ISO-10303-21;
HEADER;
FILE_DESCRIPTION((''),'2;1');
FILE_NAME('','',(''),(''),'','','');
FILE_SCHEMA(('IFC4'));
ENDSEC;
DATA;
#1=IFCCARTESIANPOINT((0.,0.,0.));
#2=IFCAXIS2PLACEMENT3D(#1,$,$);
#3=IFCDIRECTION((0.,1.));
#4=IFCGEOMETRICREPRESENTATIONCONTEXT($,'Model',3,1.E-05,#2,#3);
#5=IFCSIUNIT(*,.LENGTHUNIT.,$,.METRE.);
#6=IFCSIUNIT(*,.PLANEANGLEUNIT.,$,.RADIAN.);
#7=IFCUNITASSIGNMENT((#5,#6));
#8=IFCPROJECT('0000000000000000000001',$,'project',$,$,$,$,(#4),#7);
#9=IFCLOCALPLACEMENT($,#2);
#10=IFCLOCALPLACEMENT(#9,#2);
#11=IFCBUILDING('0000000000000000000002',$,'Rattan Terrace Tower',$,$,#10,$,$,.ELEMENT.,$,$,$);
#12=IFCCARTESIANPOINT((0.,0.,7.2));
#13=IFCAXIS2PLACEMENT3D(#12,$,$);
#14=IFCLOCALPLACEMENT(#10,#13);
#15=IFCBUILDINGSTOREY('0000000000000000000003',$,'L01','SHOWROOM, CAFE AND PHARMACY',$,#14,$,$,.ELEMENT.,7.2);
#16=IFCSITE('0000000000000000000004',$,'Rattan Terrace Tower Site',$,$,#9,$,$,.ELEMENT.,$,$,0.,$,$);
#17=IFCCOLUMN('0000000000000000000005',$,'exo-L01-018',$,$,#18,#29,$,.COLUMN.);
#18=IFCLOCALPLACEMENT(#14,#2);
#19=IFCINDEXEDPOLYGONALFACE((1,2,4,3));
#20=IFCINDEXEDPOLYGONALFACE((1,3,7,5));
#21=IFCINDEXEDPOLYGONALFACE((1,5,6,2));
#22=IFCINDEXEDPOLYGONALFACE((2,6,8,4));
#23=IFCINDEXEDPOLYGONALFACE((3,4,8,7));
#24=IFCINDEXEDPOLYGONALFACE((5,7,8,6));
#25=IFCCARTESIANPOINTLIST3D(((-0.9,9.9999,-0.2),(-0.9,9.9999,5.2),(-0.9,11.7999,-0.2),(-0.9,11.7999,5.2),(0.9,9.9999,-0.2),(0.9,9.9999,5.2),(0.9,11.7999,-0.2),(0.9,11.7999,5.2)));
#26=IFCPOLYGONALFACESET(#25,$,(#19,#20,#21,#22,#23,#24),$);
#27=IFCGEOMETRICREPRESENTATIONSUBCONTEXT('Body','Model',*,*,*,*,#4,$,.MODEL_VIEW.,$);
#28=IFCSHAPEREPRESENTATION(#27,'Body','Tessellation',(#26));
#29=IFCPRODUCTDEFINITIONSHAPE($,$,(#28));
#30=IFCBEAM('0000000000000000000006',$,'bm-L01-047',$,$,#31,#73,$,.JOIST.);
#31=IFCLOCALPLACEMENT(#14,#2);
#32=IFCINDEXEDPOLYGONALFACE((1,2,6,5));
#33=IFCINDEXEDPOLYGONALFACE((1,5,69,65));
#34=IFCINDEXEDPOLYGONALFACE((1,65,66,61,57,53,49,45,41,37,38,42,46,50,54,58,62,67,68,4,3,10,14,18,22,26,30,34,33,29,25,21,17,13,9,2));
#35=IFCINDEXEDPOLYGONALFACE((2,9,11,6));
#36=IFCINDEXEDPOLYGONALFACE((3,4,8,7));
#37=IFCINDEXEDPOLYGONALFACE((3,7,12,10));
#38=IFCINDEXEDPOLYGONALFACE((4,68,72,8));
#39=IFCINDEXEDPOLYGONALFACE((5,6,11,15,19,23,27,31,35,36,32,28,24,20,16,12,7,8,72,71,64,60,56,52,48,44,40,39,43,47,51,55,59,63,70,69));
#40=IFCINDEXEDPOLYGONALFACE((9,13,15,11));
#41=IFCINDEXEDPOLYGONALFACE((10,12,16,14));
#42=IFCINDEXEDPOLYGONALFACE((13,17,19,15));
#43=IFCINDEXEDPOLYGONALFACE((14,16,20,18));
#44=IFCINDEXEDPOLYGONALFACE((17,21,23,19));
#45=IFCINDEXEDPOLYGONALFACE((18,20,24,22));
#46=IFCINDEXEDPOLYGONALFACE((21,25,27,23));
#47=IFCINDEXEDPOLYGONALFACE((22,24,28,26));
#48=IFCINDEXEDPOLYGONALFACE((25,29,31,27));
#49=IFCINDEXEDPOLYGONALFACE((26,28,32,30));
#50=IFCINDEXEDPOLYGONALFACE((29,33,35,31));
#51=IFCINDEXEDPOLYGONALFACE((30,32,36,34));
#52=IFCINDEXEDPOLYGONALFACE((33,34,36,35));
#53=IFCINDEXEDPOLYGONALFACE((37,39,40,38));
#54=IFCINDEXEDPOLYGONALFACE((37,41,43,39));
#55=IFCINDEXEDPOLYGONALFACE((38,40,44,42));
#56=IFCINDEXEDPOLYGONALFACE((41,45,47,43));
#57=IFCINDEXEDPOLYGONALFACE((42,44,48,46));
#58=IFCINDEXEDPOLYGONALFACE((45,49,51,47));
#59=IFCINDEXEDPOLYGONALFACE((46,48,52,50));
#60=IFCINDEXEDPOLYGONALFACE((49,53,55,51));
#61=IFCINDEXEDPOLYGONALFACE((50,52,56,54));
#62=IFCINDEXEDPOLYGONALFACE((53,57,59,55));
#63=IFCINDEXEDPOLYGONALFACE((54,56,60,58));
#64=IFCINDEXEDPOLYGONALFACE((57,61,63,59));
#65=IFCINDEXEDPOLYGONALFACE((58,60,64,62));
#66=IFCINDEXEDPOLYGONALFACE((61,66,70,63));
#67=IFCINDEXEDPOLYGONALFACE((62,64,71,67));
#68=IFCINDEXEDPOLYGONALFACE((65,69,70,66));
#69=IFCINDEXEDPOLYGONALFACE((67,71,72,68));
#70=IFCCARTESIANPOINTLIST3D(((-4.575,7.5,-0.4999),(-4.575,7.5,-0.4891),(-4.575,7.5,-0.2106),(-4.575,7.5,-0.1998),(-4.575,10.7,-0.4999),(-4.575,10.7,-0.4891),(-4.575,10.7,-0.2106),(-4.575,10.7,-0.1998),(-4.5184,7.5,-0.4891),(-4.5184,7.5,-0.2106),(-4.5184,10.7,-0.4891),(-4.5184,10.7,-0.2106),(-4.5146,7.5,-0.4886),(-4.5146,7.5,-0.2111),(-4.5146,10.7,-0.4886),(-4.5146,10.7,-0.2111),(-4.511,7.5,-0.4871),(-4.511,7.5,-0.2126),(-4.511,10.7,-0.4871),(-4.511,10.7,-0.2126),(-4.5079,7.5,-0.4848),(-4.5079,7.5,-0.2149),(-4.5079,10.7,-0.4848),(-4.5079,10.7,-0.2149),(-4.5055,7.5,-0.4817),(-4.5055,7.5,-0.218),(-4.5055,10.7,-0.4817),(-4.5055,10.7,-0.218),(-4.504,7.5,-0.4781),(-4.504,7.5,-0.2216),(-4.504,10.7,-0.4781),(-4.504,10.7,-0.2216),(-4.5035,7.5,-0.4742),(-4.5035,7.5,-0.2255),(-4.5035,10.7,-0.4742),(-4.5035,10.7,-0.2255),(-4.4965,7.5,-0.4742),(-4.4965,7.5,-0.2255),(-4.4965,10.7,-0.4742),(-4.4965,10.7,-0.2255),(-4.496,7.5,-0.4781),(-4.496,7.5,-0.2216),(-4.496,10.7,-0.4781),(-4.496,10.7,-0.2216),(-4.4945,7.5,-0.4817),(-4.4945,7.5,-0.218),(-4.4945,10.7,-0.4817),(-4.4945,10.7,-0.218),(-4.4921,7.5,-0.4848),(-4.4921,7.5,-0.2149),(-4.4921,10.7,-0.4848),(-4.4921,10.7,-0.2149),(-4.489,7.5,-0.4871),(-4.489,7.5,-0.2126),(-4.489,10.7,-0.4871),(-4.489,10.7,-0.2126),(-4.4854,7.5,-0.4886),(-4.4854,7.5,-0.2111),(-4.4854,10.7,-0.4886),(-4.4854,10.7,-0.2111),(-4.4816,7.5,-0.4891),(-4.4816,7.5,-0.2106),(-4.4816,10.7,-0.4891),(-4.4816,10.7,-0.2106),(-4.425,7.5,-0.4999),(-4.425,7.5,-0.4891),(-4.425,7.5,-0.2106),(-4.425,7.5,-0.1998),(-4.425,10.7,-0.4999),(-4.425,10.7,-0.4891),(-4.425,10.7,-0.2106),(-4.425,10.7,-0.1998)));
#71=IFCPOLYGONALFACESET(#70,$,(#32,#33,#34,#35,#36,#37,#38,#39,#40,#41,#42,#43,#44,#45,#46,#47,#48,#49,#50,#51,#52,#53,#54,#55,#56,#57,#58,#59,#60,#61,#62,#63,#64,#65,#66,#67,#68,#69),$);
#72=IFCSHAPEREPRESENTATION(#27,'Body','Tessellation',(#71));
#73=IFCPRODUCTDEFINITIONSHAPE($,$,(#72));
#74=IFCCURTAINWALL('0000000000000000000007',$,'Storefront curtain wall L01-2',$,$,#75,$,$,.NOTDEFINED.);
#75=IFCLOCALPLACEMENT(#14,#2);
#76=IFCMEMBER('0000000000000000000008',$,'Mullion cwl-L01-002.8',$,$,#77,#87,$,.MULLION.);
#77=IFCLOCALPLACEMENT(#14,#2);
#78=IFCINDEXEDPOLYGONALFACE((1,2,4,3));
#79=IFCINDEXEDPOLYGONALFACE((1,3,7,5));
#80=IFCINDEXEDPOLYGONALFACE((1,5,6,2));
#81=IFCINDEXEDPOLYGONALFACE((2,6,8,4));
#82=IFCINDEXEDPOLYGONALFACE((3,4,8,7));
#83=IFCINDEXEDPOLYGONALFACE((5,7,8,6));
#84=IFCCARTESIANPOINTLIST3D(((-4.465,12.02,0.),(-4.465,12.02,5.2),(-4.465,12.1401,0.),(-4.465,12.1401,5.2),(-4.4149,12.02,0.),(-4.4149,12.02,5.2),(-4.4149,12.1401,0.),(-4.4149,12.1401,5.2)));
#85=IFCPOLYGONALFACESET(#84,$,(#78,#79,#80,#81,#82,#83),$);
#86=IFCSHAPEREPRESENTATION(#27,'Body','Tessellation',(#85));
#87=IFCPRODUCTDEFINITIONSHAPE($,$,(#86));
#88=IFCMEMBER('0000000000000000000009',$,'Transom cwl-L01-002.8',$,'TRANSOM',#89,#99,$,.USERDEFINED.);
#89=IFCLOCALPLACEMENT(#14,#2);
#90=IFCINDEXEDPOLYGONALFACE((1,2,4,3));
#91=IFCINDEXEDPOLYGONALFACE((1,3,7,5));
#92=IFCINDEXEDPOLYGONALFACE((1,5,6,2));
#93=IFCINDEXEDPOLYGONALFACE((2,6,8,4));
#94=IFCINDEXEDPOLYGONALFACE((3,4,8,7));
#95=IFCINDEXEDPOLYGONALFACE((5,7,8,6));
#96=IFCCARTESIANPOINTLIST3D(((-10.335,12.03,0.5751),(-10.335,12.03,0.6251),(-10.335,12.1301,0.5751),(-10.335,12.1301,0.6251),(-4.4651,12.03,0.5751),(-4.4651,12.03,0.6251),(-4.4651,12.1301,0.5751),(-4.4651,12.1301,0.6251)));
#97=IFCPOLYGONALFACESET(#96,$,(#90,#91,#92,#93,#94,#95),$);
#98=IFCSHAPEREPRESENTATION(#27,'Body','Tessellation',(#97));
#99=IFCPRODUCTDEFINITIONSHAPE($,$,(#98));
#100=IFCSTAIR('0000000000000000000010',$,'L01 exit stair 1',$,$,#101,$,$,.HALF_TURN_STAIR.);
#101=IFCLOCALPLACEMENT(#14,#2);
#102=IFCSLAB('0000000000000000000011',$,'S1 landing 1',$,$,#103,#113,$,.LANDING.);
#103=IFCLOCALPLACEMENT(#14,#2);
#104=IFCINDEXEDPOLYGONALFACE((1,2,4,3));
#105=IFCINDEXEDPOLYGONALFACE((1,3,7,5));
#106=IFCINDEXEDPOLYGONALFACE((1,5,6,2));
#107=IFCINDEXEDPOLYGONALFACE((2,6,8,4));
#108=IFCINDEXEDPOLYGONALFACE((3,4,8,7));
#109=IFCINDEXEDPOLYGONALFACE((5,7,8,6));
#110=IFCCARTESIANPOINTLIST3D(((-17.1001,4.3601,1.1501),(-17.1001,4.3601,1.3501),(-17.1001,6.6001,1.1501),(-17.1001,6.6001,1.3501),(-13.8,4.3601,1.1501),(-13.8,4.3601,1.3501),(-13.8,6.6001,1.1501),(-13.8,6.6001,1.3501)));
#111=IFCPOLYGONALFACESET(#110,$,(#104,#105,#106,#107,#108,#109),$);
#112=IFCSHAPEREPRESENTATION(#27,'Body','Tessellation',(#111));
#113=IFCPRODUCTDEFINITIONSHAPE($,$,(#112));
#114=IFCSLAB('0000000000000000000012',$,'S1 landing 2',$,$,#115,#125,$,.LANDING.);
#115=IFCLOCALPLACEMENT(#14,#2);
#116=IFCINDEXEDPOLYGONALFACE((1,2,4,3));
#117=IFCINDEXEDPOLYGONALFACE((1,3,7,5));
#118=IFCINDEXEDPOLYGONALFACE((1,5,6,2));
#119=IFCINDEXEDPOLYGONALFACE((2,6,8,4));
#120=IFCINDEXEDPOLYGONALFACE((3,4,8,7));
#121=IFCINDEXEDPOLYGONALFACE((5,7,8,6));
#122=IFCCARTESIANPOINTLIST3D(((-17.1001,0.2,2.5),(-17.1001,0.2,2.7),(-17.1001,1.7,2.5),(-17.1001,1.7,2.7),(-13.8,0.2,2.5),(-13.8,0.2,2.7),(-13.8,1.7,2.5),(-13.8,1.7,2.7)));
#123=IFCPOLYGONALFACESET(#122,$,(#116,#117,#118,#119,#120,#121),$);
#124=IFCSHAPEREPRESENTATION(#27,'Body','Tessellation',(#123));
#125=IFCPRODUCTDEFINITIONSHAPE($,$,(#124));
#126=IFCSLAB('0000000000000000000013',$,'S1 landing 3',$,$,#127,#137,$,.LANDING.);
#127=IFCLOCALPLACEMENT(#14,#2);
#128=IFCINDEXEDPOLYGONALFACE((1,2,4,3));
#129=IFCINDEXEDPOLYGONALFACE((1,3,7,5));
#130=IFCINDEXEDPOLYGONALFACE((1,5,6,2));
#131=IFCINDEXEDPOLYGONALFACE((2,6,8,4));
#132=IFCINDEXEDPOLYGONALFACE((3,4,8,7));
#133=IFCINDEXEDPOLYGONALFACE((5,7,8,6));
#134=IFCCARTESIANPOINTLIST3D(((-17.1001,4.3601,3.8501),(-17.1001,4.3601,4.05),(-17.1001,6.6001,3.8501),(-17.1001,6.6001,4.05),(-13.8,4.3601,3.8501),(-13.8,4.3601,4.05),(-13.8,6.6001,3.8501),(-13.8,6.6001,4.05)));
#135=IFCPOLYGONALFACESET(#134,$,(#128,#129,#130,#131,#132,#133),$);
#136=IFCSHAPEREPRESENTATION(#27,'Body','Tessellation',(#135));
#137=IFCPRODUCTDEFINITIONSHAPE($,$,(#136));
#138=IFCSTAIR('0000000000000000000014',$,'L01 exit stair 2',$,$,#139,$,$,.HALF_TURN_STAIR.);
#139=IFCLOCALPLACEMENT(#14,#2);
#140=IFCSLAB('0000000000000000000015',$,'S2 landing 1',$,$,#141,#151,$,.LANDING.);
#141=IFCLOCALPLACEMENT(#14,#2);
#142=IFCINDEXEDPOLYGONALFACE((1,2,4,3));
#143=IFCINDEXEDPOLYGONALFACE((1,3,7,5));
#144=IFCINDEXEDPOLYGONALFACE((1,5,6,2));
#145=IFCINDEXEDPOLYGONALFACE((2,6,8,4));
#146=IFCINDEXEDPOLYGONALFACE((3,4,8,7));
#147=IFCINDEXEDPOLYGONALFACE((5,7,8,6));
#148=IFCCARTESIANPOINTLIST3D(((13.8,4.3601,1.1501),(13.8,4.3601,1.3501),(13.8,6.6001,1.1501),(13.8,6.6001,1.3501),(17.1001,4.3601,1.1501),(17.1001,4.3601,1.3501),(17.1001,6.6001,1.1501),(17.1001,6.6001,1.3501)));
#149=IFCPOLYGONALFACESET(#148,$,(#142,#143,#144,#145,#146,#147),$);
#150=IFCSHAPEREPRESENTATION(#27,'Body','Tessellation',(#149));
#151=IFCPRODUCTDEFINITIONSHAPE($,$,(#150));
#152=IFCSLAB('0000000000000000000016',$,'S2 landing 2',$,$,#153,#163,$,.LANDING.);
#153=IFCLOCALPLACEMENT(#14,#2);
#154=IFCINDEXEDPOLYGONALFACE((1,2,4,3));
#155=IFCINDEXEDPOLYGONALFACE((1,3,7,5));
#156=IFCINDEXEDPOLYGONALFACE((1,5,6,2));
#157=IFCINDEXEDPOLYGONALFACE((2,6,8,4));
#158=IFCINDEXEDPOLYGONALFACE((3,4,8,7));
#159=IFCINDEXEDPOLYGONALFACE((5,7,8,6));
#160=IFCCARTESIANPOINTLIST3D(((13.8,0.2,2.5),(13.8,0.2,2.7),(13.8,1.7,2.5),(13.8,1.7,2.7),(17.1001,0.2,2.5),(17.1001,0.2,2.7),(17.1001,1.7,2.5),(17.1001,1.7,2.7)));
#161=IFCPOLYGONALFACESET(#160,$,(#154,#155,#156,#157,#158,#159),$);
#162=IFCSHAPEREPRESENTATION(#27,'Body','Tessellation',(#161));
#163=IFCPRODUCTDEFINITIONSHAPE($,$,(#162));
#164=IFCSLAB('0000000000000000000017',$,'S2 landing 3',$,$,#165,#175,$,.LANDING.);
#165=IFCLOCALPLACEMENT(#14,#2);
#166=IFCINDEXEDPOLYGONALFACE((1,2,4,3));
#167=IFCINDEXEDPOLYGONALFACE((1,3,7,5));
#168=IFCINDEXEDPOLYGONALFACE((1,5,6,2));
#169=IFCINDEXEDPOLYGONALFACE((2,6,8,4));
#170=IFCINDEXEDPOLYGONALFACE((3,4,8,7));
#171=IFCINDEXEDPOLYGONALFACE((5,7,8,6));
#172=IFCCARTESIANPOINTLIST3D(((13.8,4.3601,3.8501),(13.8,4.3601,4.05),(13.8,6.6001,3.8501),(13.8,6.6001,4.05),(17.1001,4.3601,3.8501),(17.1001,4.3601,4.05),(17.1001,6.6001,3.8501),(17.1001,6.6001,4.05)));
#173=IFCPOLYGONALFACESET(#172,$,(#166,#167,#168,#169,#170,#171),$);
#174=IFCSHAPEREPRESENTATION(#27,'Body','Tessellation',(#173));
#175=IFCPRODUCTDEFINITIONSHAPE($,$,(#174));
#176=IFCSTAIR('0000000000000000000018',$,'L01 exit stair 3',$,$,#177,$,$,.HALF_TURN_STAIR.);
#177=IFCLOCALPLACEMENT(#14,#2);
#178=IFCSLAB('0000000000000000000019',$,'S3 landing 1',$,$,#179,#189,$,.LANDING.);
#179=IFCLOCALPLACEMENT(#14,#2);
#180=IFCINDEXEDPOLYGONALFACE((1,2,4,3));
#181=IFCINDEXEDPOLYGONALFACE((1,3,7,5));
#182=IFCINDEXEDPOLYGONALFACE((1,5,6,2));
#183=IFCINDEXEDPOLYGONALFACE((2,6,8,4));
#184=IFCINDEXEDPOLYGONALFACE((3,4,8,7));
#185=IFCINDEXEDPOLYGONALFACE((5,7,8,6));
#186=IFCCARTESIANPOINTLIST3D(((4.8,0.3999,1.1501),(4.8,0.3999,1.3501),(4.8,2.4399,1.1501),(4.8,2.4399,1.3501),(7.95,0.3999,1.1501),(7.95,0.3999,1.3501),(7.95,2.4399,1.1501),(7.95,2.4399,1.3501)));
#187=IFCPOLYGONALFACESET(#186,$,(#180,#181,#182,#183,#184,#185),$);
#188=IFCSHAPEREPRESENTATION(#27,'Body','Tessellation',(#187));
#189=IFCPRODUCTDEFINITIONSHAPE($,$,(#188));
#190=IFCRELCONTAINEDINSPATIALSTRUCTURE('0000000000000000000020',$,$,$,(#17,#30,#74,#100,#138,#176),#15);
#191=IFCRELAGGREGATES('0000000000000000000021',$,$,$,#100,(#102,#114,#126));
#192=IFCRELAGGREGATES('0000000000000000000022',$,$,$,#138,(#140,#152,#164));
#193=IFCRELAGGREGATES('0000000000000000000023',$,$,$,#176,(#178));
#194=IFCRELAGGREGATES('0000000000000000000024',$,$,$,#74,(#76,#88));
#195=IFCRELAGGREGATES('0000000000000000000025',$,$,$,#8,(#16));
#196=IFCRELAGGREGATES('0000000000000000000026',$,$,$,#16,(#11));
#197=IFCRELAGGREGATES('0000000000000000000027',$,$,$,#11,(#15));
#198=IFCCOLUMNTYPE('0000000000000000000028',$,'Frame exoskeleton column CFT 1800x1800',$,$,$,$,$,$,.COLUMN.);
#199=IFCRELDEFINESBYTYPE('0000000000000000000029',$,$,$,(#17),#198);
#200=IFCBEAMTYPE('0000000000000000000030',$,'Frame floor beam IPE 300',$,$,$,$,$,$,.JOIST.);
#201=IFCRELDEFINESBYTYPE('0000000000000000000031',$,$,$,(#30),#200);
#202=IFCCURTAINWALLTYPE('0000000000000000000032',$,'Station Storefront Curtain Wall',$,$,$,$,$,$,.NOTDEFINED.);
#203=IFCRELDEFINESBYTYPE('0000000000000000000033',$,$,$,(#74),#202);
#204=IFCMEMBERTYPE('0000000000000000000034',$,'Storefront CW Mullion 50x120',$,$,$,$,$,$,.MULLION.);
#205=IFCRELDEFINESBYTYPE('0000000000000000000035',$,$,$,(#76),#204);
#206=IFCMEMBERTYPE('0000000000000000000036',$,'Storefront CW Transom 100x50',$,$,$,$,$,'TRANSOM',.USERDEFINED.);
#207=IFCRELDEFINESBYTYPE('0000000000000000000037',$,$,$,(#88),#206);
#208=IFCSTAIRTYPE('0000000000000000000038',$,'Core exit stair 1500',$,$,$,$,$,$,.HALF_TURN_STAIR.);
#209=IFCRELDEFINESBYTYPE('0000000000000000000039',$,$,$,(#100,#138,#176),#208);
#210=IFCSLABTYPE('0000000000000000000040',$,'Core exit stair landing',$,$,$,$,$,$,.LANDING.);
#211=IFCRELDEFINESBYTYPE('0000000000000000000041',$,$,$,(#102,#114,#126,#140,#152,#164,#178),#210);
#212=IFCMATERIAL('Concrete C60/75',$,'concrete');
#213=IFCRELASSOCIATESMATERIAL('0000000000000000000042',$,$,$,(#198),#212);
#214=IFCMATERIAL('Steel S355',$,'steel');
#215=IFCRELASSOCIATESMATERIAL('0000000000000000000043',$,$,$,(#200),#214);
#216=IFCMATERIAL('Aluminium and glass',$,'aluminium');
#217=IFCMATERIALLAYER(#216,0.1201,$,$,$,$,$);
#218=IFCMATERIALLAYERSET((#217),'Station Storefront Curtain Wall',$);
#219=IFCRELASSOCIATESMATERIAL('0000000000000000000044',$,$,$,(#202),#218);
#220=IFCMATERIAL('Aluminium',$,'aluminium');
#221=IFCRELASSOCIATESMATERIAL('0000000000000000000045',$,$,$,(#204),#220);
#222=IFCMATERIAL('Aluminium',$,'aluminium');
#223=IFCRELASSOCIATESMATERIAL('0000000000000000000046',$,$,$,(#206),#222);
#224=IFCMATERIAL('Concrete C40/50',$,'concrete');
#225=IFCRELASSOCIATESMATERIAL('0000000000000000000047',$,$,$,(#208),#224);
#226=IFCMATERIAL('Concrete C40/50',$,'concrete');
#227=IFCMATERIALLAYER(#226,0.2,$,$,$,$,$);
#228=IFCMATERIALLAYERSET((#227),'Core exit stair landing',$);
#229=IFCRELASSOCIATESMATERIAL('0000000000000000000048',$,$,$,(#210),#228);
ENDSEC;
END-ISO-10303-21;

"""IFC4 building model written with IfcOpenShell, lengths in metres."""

from ifc_helpers import new_model, si_unit, direction, frame, origin, origin_2d, place, context, subcontext, project, spatial, polyline, rectangle, i_section, outline, extrude, material, layer, layer_set, material_profile, profile_set, type_object, element, aggregate, save


model = new_model("IFC4")

# Units and contexts
model_context = context("Model", 3, precision=1e-05, world=origin(), true_north=direction((0.0, 1.0)))
body_context = subcontext(model_context, "Body", "Model", "MODEL_VIEW")
ifc_project = project(units=[si_unit("LENGTHUNIT", "METRE"), si_unit("PLANEANGLEUNIT", "RADIAN")], contexts=[model_context])

# Site, building, storey
site_placement = place(None, origin())
site = spatial("IfcSite", under=ifc_project, at=site_placement, Name="Rattan Terrace Tower Site", CompositionType="ELEMENT", RefElevation=0.0)
building_placement = place(site_placement, origin())
building = spatial("IfcBuilding", under=site, at=building_placement, Name="Rattan Terrace Tower", CompositionType="ELEMENT")
storey_placement = place(building_placement, frame((0.0, 0.0, 7.2)))
storey = spatial("IfcBuildingStorey", under=building, at=storey_placement, Name="L01", Description="SHOWROOM, CAFE AND PHARMACY", CompositionType="ELEMENT", Elevation=7.2)

# Column
ifc_material_1 = material(Name="Concrete C60/75", Category="concrete")
ifc_material_profile_1 = material_profile(ifc_material_1, rectangle(XDim=1.8, YDim=1.8, at=origin_2d()), Name="CFT 1800x1800")
ifc_profile_set_1 = profile_set([ifc_material_profile_1], Name="Concrete C60/75")
column_type = type_object("IfcColumnType", Name="Frame exoskeleton column CFT 1800x1800", PredefinedType="COLUMN", material=ifc_profile_set_1)
column_placement = place(storey_placement, frame((0.0, 10.8999, -0.2), z_axis=(0.0, 0.0, 1.0), x_axis=(1.0, 0.0, 0.0)))
element("IfcColumn", 1, at=column_placement, inside=storey, type_object=column_type, Name="exo-L01-018", PredefinedType="COLUMN", context=body_context, shape_type="SweptSolid", body=[
    extrude(rectangle(XDim=1.8, YDim=1.8, at=origin_2d()), origin(), (0.0, 0.0, 1.0), 5.3999),
])

# Beam
ifc_material_2 = material(Name="Steel S355", Category="steel")
ifc_material_profile_2 = material_profile(ifc_material_2, i_section(OverallWidth=0.1499, OverallDepth=0.3, WebThickness=0.0071, FlangeThickness=0.0107, FilletRadius=0.0149, at=origin_2d()), Name="IPE 300")
ifc_profile_set_2 = profile_set([ifc_material_profile_2], Name="Steel S355")
beam_type = type_object("IfcBeamType", Name="Frame floor beam IPE 300", PredefinedType="JOIST", material=ifc_profile_set_2)
beam_placement = place(storey_placement, frame((-4.5, 7.5, -0.3499), z_axis=(0.0, 1.0, 0.0), x_axis=(-1.0, 0.0, 0.0)))
element("IfcBeam", 2, at=beam_placement, inside=storey, type_object=beam_type, Name="bm-L01-047", PredefinedType="JOIST", context=body_context, shape_type="SweptSolid", body=[
    extrude(i_section(OverallWidth=0.1499, OverallDepth=0.3, WebThickness=0.0071, FlangeThickness=0.0107, FilletRadius=0.0149, at=origin_2d()), origin(), (0.0, 0.0, 1.0), 3.2),
])

# Curtain wall, members
ifc_material_3 = material(Name="Aluminium and glass", Category="aluminium")
ifc_layer_1 = layer(ifc_material_3, 0.1201)
ifc_layer_set_1 = layer_set([ifc_layer_1], Name="Station Storefront Curtain Wall")
curtain_wall_type = type_object("IfcCurtainWallType", Name="Station Storefront Curtain Wall", PredefinedType="NOTDEFINED", material=ifc_layer_set_1)
curtain_wall_placement = place(storey_placement, origin())
curtain_wall = element("IfcCurtainWall", 3, at=curtain_wall_placement, inside=storey, type_object=curtain_wall_type, Name="Storefront curtain wall L01-2", PredefinedType="NOTDEFINED")
ifc_material_4 = material(Name="Aluminium", Category="aluminium")
ifc_material_profile_3 = material_profile(ifc_material_4, rectangle(XDim=0.05, YDim=0.1201, at=origin_2d()), Name="Aluminium 50x120")
ifc_profile_set_3 = profile_set([ifc_material_profile_3], Name="Aluminium")
member_type_1 = type_object("IfcMemberType", Name="Storefront CW Mullion 50x120", PredefinedType="MULLION", material=ifc_profile_set_3)
member_1_placement = place(storey_placement, frame((-4.4399, 12.0801, 0.0), z_axis=(0.0, 0.0, 1.0), x_axis=(-1.0, 0.0, 0.0)))
member_1 = element("IfcMember", 4, at=member_1_placement, type_object=member_type_1, Name="Mullion cwl-L01-002.8", PredefinedType="MULLION", context=body_context, shape_type="SweptSolid", body=[
    extrude(rectangle(XDim=0.05, YDim=0.1201, at=origin_2d()), origin(), (0.0, 0.0, 1.0), 5.2),
])
ifc_material_5 = material(Name="Aluminium", Category="aluminium")
ifc_material_profile_4 = material_profile(ifc_material_5, rectangle(XDim=0.1001, YDim=0.05, at=origin_2d()), Name="Aluminium 100x50")
ifc_profile_set_4 = profile_set([ifc_material_profile_4], Name="Aluminium")
member_type_2 = type_object("IfcMemberType", Name="Storefront CW Transom 100x50", ElementType="TRANSOM", PredefinedType="USERDEFINED", material=ifc_profile_set_4)
member_2_placement = place(storey_placement, frame((-4.4651, 12.0801, 0.6001), z_axis=(-1.0, 0.0, 0.0), x_axis=(0.0, -1.0, 0.0)))
member_2 = element("IfcMember", 5, at=member_2_placement, type_object=member_type_2, Name="Transom cwl-L01-002.8", ObjectType="TRANSOM", PredefinedType="USERDEFINED", context=body_context, shape_type="SweptSolid", body=[
    extrude(rectangle(XDim=0.1001, YDim=0.05, at=origin_2d()), origin(), (0.0, 0.0, 1.0), 5.8699),
])

# Stairs, slabs
ifc_material_6 = material(Name="Concrete C40/50", Category="concrete")
stair_type_1 = type_object("IfcStairType", Name="Core exit stair 1500", PredefinedType="HALF_TURN_STAIR", material=ifc_material_6)
stair_1_placement = place(storey_placement, origin())
stair_1 = element("IfcStair", 6, at=stair_1_placement, inside=storey, type_object=stair_type_1, Name="L01 exit stair 1", PredefinedType="HALF_TURN_STAIR")
ifc_material_7 = material(Name="Concrete C40/50", Category="concrete")
ifc_layer_2 = layer(ifc_material_7, 0.2)
ifc_layer_set_2 = layer_set([ifc_layer_2], Name="Core exit stair landing")
slab_type_1 = type_object("IfcSlabType", Name="Core exit stair landing", PredefinedType="LANDING", material=ifc_layer_set_2)
slab_1_placement = place(storey_placement, frame((0.0, 0.0, 1.1501)))
slab_1 = element("IfcSlab", 7, at=slab_1_placement, type_object=slab_type_1, Name="S1 landing 1", PredefinedType="LANDING", context=body_context, shape_type="SweptSolid", body=[
    extrude(outline(polyline([(-13.8, 4.3601), (-13.8, 6.6001), (-17.1001, 6.6001), (-17.1001, 4.3601), (-13.8, 4.3601)])), origin(), (0.0, 0.0, 1.0), 0.2),
])
slab_2_placement = place(storey_placement, frame((0.0, 0.0, 2.5)))
slab_2 = element("IfcSlab", 8, at=slab_2_placement, type_object=slab_type_1, Name="S1 landing 2", PredefinedType="LANDING", context=body_context, shape_type="SweptSolid", body=[
    extrude(outline(polyline([(-13.8, 0.2), (-13.8, 1.7), (-17.1001, 1.7), (-17.1001, 0.2), (-13.8, 0.2)])), origin(), (0.0, 0.0, 1.0), 0.2),
])
slab_3_placement = place(storey_placement, frame((0.0, 0.0, 3.8501)))
slab_3 = element("IfcSlab", 9, at=slab_3_placement, type_object=slab_type_1, Name="S1 landing 3", PredefinedType="LANDING", context=body_context, shape_type="SweptSolid", body=[
    extrude(outline(polyline([(-13.8, 4.3601), (-13.8, 6.6001), (-17.1001, 6.6001), (-17.1001, 4.3601), (-13.8, 4.3601)])), origin(), (0.0, 0.0, 1.0), 0.2),
])
aggregate(stair_1, [slab_1, slab_2, slab_3])
stair_2_placement = place(storey_placement, origin())
stair_2 = element("IfcStair", 10, at=stair_2_placement, inside=storey, type_object=stair_type_1, Name="L01 exit stair 2", PredefinedType="HALF_TURN_STAIR")
slab_4_placement = place(storey_placement, frame((0.0, 0.0, 1.1501)))
slab_4 = element("IfcSlab", 11, at=slab_4_placement, type_object=slab_type_1, Name="S2 landing 1", PredefinedType="LANDING", context=body_context, shape_type="SweptSolid", body=[
    extrude(outline(polyline([(17.1001, 4.3601), (17.1001, 6.6001), (13.8, 6.6001), (13.8, 4.3601), (17.1001, 4.3601)])), origin(), (0.0, 0.0, 1.0), 0.2),
])
slab_5_placement = place(storey_placement, frame((0.0, 0.0, 2.5)))
slab_5 = element("IfcSlab", 12, at=slab_5_placement, type_object=slab_type_1, Name="S2 landing 2", PredefinedType="LANDING", context=body_context, shape_type="SweptSolid", body=[
    extrude(outline(polyline([(17.1001, 0.2), (17.1001, 1.7), (13.8, 1.7), (13.8, 0.2), (17.1001, 0.2)])), origin(), (0.0, 0.0, 1.0), 0.2),
])
slab_6_placement = place(storey_placement, frame((0.0, 0.0, 3.8501)))
slab_6 = element("IfcSlab", 13, at=slab_6_placement, type_object=slab_type_1, Name="S2 landing 3", PredefinedType="LANDING", context=body_context, shape_type="SweptSolid", body=[
    extrude(outline(polyline([(17.1001, 4.3601), (17.1001, 6.6001), (13.8, 6.6001), (13.8, 4.3601), (17.1001, 4.3601)])), origin(), (0.0, 0.0, 1.0), 0.2),
])
aggregate(stair_2, [slab_4, slab_5, slab_6])
stair_3_placement = place(storey_placement, origin())
stair_3 = element("IfcStair", 14, at=stair_3_placement, inside=storey, type_object=stair_type_1, Name="L01 exit stair 3", PredefinedType="HALF_TURN_STAIR")
slab_7_placement = place(storey_placement, frame((0.0, 0.0, 1.1501)))
slab_7 = element("IfcSlab", 15, at=slab_7_placement, type_object=slab_type_1, Name="S3 landing 1", PredefinedType="LANDING", context=body_context, shape_type="SweptSolid", body=[
    extrude(outline(polyline([(4.8, 2.4399), (4.8, 0.3999), (7.95, 0.3999), (7.95, 2.4399), (4.8, 2.4399)])), origin(), (0.0, 0.0, 1.0), 0.2),
])
aggregate(stair_3, [slab_7])

aggregate(curtain_wall, [member_1, member_2])

save(model, "model.ifc")
